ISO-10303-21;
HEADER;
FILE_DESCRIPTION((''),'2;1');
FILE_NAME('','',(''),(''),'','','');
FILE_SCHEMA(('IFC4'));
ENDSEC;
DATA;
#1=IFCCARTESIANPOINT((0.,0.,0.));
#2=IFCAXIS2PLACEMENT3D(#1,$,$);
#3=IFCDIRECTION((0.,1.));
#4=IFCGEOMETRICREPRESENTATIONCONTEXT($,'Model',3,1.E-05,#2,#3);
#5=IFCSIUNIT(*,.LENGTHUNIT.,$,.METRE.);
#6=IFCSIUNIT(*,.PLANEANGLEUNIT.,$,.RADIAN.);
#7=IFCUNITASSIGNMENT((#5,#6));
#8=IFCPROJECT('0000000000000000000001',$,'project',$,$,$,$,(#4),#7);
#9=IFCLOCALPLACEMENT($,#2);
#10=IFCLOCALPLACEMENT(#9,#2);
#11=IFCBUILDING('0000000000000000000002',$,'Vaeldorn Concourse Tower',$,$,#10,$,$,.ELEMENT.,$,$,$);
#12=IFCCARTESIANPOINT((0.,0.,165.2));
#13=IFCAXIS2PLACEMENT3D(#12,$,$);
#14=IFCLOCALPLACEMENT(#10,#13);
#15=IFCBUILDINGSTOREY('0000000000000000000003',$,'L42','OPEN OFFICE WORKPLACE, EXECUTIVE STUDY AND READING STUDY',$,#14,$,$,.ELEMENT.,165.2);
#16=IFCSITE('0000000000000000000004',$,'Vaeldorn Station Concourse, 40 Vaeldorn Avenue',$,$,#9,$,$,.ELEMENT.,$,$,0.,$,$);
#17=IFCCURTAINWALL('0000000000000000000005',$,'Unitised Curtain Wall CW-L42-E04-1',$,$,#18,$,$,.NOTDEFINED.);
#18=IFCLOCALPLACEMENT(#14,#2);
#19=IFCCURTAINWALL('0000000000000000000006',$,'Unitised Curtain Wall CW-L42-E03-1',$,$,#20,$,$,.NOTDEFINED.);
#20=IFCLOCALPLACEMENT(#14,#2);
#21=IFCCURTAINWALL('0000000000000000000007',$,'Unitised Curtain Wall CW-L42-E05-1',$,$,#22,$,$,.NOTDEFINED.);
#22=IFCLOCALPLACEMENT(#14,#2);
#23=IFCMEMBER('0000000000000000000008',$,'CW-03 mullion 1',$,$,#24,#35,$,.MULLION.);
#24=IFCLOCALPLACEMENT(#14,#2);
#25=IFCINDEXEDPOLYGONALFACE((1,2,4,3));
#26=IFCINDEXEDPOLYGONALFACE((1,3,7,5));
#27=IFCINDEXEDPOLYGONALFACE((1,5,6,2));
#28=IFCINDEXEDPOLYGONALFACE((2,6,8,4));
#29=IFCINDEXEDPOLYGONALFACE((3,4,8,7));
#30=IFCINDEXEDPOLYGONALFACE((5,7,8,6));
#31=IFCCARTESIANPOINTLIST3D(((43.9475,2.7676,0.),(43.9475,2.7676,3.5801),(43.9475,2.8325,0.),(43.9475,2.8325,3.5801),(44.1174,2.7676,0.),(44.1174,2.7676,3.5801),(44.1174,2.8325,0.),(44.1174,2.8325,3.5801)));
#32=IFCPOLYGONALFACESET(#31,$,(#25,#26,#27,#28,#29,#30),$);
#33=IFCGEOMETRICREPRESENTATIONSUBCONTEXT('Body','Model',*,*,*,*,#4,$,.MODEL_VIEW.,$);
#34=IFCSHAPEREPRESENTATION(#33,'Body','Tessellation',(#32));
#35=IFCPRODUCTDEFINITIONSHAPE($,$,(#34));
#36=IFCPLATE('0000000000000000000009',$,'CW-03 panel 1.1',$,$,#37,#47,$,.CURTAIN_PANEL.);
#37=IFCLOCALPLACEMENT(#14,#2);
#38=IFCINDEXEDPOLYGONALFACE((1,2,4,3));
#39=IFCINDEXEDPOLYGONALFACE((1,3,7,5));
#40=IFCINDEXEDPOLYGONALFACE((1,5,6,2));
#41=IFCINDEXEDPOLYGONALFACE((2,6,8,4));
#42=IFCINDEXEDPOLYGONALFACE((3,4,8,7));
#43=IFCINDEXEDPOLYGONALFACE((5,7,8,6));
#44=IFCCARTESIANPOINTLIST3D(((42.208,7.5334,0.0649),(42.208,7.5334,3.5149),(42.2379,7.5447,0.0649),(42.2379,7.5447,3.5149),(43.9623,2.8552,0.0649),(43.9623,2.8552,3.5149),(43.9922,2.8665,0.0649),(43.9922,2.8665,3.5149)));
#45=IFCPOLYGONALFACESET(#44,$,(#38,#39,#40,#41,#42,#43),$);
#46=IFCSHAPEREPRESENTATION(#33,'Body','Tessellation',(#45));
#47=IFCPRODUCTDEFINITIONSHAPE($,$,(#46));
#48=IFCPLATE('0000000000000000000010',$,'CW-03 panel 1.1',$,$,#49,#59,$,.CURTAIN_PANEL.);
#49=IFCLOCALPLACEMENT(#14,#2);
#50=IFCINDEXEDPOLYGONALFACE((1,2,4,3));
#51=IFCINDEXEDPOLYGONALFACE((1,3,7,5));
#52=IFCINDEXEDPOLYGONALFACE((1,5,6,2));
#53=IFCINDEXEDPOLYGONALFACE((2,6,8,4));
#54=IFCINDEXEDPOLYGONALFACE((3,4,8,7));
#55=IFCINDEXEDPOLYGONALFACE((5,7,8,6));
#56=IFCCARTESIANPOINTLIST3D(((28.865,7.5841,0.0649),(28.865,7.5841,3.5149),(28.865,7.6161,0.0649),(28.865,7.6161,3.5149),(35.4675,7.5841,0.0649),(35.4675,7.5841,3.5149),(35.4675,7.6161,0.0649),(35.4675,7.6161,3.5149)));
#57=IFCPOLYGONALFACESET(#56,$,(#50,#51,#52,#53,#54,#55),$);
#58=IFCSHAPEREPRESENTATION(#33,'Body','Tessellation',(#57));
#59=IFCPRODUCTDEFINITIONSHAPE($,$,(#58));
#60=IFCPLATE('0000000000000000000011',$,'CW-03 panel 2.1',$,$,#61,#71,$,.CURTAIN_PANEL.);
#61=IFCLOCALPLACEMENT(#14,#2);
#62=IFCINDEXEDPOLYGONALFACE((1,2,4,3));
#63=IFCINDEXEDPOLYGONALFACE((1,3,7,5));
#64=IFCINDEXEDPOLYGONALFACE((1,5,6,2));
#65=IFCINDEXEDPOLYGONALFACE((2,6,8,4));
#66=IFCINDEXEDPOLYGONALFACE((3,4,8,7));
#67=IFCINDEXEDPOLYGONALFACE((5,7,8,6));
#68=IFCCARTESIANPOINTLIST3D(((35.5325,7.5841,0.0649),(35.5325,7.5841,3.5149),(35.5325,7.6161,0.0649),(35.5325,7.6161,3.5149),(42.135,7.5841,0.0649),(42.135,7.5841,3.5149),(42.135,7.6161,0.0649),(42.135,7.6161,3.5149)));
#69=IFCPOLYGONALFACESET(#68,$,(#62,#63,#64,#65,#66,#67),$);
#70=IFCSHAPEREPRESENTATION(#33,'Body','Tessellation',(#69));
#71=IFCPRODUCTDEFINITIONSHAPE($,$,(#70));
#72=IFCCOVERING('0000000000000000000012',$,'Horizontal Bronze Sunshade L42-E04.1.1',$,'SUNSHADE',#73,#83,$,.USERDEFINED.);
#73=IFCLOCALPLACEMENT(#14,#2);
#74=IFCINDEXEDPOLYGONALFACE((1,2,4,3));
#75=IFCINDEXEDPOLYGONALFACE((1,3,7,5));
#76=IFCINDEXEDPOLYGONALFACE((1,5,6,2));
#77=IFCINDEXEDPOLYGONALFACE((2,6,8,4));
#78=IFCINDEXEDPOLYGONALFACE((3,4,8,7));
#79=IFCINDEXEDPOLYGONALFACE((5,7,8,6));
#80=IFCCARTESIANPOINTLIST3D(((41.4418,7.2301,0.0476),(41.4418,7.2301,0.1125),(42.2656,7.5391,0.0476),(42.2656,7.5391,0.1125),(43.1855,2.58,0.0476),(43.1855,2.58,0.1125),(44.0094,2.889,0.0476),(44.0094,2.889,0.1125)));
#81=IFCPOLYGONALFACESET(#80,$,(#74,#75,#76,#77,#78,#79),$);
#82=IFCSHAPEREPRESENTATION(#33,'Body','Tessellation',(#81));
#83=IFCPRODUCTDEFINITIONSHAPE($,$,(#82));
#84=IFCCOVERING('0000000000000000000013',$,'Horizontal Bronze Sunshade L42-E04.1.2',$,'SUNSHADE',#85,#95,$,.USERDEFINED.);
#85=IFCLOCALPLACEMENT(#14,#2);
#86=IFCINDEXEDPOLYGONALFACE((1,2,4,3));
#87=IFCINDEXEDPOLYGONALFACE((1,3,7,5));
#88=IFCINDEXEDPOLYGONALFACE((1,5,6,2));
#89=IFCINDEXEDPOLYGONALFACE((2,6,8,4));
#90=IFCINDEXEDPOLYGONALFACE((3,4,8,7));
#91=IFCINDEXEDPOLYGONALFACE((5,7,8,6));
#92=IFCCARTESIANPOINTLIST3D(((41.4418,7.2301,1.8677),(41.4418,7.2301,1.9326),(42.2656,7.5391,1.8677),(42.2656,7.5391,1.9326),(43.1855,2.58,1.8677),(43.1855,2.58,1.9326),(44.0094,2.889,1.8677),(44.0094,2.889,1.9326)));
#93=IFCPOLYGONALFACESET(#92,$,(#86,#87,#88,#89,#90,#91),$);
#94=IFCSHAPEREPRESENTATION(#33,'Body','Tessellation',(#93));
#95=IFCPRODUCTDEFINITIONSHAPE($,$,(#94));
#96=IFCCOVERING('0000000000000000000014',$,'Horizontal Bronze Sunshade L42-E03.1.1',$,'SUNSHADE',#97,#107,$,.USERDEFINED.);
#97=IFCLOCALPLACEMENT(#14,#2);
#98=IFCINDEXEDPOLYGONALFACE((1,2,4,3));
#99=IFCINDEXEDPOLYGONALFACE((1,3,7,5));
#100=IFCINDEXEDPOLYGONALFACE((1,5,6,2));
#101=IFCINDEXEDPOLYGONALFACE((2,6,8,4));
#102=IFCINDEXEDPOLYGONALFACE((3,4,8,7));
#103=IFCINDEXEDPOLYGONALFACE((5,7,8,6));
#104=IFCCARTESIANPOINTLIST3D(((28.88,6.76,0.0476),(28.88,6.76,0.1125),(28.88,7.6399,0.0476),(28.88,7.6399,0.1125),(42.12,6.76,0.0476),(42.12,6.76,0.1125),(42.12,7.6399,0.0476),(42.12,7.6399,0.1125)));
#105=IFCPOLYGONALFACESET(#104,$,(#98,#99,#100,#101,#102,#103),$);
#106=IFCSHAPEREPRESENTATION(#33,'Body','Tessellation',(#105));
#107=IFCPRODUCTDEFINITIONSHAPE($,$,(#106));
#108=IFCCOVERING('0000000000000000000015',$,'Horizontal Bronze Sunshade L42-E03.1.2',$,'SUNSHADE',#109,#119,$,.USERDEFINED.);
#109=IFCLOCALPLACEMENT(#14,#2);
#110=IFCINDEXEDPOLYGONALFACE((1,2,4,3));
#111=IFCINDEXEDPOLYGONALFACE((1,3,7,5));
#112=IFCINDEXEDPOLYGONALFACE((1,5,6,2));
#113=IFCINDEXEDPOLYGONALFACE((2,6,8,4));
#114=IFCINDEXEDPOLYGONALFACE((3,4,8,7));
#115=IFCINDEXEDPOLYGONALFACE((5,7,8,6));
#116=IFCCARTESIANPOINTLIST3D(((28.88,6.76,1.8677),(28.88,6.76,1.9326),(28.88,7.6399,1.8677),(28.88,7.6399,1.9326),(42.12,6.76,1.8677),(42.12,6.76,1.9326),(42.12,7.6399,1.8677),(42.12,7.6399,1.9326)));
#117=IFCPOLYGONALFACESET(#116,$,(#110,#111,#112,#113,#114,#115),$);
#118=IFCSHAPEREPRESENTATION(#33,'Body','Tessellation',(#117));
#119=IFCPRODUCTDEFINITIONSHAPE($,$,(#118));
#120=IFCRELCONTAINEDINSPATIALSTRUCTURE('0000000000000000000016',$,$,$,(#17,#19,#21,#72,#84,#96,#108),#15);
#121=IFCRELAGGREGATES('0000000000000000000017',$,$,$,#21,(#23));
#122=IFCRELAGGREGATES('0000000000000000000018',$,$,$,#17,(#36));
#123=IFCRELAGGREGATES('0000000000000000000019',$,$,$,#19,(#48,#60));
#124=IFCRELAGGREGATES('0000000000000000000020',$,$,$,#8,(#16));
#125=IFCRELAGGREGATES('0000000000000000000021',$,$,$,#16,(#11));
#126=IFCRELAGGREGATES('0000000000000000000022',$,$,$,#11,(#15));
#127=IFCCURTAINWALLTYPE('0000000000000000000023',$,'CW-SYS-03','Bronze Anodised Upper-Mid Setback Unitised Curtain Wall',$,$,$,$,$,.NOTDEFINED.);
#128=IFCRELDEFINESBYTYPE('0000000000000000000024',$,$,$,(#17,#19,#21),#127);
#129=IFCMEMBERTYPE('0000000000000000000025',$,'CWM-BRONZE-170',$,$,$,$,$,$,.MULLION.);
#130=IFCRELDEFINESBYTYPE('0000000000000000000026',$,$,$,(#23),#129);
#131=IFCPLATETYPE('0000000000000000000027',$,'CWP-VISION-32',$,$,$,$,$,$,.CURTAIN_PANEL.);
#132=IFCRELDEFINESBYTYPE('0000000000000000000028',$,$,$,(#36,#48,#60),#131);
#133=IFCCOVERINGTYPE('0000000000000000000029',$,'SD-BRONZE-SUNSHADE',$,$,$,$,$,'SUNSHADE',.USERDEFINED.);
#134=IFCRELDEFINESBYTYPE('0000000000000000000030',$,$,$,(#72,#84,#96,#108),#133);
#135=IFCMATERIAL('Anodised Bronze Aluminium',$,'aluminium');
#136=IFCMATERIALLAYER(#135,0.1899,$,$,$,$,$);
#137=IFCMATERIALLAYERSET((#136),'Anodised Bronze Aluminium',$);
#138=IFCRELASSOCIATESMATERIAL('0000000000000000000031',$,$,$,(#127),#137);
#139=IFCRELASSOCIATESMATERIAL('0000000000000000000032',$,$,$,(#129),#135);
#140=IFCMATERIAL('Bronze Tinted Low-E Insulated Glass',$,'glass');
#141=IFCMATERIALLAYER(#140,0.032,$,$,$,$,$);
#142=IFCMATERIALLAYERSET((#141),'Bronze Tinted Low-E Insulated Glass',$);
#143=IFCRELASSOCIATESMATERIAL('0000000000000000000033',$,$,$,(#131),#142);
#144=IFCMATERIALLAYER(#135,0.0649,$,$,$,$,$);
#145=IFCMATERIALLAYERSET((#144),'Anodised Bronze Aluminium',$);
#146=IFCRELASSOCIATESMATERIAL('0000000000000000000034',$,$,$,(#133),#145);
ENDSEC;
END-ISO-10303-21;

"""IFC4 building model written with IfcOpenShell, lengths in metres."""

from ifc_helpers import new_model, si_unit, direction, frame, origin, origin_2d, place, context, subcontext, project, spatial, rectangle, extrude, source, transform, mapped, material, layer, layer_set, material_profile, profile_set, type_object, element, aggregate, save


model = new_model("IFC4")

# Units and contexts
model_context = context("Model", 3, precision=1e-05, world=origin(), true_north=direction((0.0, 1.0)))
body_context = subcontext(model_context, "Body", "Model", "MODEL_VIEW")
ifc_project = project(units=[si_unit("LENGTHUNIT", "METRE"), si_unit("PLANEANGLEUNIT", "RADIAN")], contexts=[model_context])

# Site, building, storey
site_placement = place(None, origin())
site = spatial("IfcSite", under=ifc_project, at=site_placement, Name="Vaeldorn Station Concourse, 40 Vaeldorn Avenue", CompositionType="ELEMENT", RefElevation=0.0)
building_placement = place(site_placement, origin())
building = spatial("IfcBuilding", under=site, at=building_placement, Name="Vaeldorn Concourse Tower", CompositionType="ELEMENT")
storey_placement = place(building_placement, frame((0.0, 0.0, 165.2)))
storey = spatial("IfcBuildingStorey", under=building, at=storey_placement, Name="L42", Description="OPEN OFFICE WORKPLACE, EXECUTIVE STUDY AND READING STUDY", CompositionType="ELEMENT", Elevation=165.2)

# Curtain walls
ifc_material_1 = material(Name="Anodised Bronze Aluminium", Category="aluminium")
ifc_layer_1 = layer(ifc_material_1, 0.1899)
ifc_layer_set_1 = layer_set([ifc_layer_1], Name="Anodised Bronze Aluminium")
curtain_wall_type = type_object("IfcCurtainWallType", Name="CW-SYS-03", Description="Bronze Anodised Upper-Mid Setback Unitised Curtain Wall", PredefinedType="NOTDEFINED", material=ifc_layer_set_1)
curtain_wall_1_placement = place(storey_placement, origin())
curtain_wall_1 = element("IfcCurtainWall", 1, at=curtain_wall_1_placement, inside=storey, type_object=curtain_wall_type, Name="Unitised Curtain Wall CW-L42-E04-1", PredefinedType="NOTDEFINED")
curtain_wall_2_placement = place(storey_placement, origin())
curtain_wall_2 = element("IfcCurtainWall", 2, at=curtain_wall_2_placement, inside=storey, type_object=curtain_wall_type, Name="Unitised Curtain Wall CW-L42-E03-1", PredefinedType="NOTDEFINED")
curtain_wall_3_placement = place(storey_placement, origin())
curtain_wall_3 = element("IfcCurtainWall", 3, at=curtain_wall_3_placement, inside=storey, type_object=curtain_wall_type, Name="Unitised Curtain Wall CW-L42-E05-1", PredefinedType="NOTDEFINED")

# Member
ifc_material_profile_1 = material_profile(ifc_material_1, rectangle(XDim=0.0649, YDim=0.1699, at=origin_2d()), Name="CWM 65x170")
ifc_profile_set_1 = profile_set([ifc_material_profile_1], Name="Anodised Bronze Aluminium")
member_type_1 = type_object("IfcMemberType", Name="CWM-BRONZE-170", PredefinedType="MULLION", material=ifc_profile_set_1)
shared_shape_1 = source(origin(), body_context, "Body", "SweptSolid", [
    extrude(rectangle(XDim=0.0649, YDim=0.1699, at=origin_2d()), origin(), (0.0, 0.0, 1.0), 3.5801),
])
member_1_placement = place(storey_placement, frame((44.0325, 2.8, 0.0), z_axis=(0.0, 0.0, 1.0), x_axis=(0.0, 1.0, 0.0)))
member_1 = element("IfcMember", 4, at=member_1_placement, type_object=member_type_1, Name="CW-03 mullion 1", PredefinedType="MULLION", context=body_context, shape_type="MappedRepresentation", body=[
    mapped(shared_shape_1, transform((0.0, 0.0, 0.0), scale=1.0)),
])
aggregate(curtain_wall_3, [member_1])

# Plates
ifc_material_2 = material(Name="Bronze Tinted Low-E Insulated Glass", Category="glass")
ifc_layer_2 = layer(ifc_material_2, 0.032)
ifc_layer_set_2 = layer_set([ifc_layer_2], Name="Bronze Tinted Low-E Insulated Glass")
plate_type = type_object("IfcPlateType", Name="CWP-VISION-32", PredefinedType="CURTAIN_PANEL", material=ifc_layer_set_2)
shared_shape_2 = source(origin(), body_context, "Body", "SweptSolid", [
    extrude(rectangle(XDim=4.9963, YDim=0.032, at=origin_2d()), origin(), (0.0, 0.0, 1.0), 3.45),
])
plate_1_placement = place(storey_placement, frame((43.1001, 5.2, 0.0649), z_axis=(0.0, 0.0, 1.0), x_axis=(0.351123, -0.936329, 0.0)))
plate_1 = element("IfcPlate", 5, at=plate_1_placement, type_object=plate_type, Name="CW-03 panel 1.1", PredefinedType="CURTAIN_PANEL", context=body_context, shape_type="MappedRepresentation", body=[
    mapped(shared_shape_2, transform((0.0, 0.0, 0.0), scale=1.0)),
])
aggregate(curtain_wall_1, [plate_1])
shared_shape_3 = source(origin(), body_context, "Body", "SweptSolid", [
    extrude(rectangle(XDim=6.6025, YDim=0.032, at=origin_2d()), origin(), (0.0, 0.0, 1.0), 3.45),
])
plate_2_placement = place(storey_placement, frame((32.1663, 7.6001, 0.0649), z_axis=(0.0, 0.0, 1.0), x_axis=(1.0, 0.0, 0.0)))
plate_2 = element("IfcPlate", 6, at=plate_2_placement, type_object=plate_type, Name="CW-03 panel 1.1", PredefinedType="CURTAIN_PANEL", context=body_context, shape_type="MappedRepresentation", body=[
    mapped(shared_shape_3, transform((0.0, 0.0, 0.0), scale=1.0)),
])
plate_3_placement = place(storey_placement, frame((38.8337, 7.6001, 0.0649), z_axis=(0.0, 0.0, 1.0), x_axis=(1.0, 0.0, 0.0)))
plate_3 = element("IfcPlate", 7, at=plate_3_placement, type_object=plate_type, Name="CW-03 panel 2.1", PredefinedType="CURTAIN_PANEL", context=body_context, shape_type="MappedRepresentation", body=[
    mapped(shared_shape_3, transform((0.0, 0.0, 0.0), scale=1.0)),
])
aggregate(curtain_wall_2, [plate_2, plate_3])

# Coverings
ifc_layer_3 = layer(ifc_material_1, 0.0649)
ifc_layer_set_3 = layer_set([ifc_layer_3], Name="Anodised Bronze Aluminium")
covering_type = type_object("IfcCoveringType", Name="SD-BRONZE-SUNSHADE", ElementType="SUNSHADE", PredefinedType="USERDEFINED", material=ifc_layer_set_3)
shared_shape_4 = source(origin(), body_context, "Body", "SweptSolid", [
    extrude(rectangle(XDim=4.9663, YDim=0.8799, at=origin_2d()), origin(), (0.0, 0.0, 1.0), 0.0649),
])
for number, where, z_axis, x_axis, name in (
    (8, (42.7256, 5.0596, 0.0476), (0.0, 0.0, 1.0), (0.351123, -0.936329, 0.0), "Horizontal Bronze Sunshade L42-E04.1.1"),
    (9, (42.7256, 5.0596, 1.8677), (0.0, 0.0, 1.0), (0.351123, -0.936329, 0.0), "Horizontal Bronze Sunshade L42-E04.1.2"),
):
    element("IfcCovering", number, at=place(storey_placement, frame(where, z_axis=z_axis, x_axis=x_axis)), inside=storey, type_object=covering_type, Name=name, ObjectType="SUNSHADE", PredefinedType="USERDEFINED", context=body_context, shape_type="MappedRepresentation", body=[
        mapped(shared_shape_4, transform((0.0, 0.0, 0.0), scale=1.0)),
    ])
shared_shape_5 = source(origin(), body_context, "Body", "SweptSolid", [
    extrude(rectangle(XDim=13.24, YDim=0.8799, at=origin_2d()), origin(), (0.0, 0.0, 1.0), 0.0649),
])
for number, where, z_axis, x_axis, name in (
    (10, (35.5, 7.2, 0.0476), (0.0, 0.0, 1.0), (1.0, 0.0, 0.0), "Horizontal Bronze Sunshade L42-E03.1.1"),
    (11, (35.5, 7.2, 1.8677), (0.0, 0.0, 1.0), (1.0, 0.0, 0.0), "Horizontal Bronze Sunshade L42-E03.1.2"),
):
    element("IfcCovering", number, at=place(storey_placement, frame(where, z_axis=z_axis, x_axis=x_axis)), inside=storey, type_object=covering_type, Name=name, ObjectType="SUNSHADE", PredefinedType="USERDEFINED", context=body_context, shape_type="MappedRepresentation", body=[
        mapped(shared_shape_5, transform((0.0, 0.0, 0.0), scale=1.0)),
    ])

save(model, "model.ifc")
